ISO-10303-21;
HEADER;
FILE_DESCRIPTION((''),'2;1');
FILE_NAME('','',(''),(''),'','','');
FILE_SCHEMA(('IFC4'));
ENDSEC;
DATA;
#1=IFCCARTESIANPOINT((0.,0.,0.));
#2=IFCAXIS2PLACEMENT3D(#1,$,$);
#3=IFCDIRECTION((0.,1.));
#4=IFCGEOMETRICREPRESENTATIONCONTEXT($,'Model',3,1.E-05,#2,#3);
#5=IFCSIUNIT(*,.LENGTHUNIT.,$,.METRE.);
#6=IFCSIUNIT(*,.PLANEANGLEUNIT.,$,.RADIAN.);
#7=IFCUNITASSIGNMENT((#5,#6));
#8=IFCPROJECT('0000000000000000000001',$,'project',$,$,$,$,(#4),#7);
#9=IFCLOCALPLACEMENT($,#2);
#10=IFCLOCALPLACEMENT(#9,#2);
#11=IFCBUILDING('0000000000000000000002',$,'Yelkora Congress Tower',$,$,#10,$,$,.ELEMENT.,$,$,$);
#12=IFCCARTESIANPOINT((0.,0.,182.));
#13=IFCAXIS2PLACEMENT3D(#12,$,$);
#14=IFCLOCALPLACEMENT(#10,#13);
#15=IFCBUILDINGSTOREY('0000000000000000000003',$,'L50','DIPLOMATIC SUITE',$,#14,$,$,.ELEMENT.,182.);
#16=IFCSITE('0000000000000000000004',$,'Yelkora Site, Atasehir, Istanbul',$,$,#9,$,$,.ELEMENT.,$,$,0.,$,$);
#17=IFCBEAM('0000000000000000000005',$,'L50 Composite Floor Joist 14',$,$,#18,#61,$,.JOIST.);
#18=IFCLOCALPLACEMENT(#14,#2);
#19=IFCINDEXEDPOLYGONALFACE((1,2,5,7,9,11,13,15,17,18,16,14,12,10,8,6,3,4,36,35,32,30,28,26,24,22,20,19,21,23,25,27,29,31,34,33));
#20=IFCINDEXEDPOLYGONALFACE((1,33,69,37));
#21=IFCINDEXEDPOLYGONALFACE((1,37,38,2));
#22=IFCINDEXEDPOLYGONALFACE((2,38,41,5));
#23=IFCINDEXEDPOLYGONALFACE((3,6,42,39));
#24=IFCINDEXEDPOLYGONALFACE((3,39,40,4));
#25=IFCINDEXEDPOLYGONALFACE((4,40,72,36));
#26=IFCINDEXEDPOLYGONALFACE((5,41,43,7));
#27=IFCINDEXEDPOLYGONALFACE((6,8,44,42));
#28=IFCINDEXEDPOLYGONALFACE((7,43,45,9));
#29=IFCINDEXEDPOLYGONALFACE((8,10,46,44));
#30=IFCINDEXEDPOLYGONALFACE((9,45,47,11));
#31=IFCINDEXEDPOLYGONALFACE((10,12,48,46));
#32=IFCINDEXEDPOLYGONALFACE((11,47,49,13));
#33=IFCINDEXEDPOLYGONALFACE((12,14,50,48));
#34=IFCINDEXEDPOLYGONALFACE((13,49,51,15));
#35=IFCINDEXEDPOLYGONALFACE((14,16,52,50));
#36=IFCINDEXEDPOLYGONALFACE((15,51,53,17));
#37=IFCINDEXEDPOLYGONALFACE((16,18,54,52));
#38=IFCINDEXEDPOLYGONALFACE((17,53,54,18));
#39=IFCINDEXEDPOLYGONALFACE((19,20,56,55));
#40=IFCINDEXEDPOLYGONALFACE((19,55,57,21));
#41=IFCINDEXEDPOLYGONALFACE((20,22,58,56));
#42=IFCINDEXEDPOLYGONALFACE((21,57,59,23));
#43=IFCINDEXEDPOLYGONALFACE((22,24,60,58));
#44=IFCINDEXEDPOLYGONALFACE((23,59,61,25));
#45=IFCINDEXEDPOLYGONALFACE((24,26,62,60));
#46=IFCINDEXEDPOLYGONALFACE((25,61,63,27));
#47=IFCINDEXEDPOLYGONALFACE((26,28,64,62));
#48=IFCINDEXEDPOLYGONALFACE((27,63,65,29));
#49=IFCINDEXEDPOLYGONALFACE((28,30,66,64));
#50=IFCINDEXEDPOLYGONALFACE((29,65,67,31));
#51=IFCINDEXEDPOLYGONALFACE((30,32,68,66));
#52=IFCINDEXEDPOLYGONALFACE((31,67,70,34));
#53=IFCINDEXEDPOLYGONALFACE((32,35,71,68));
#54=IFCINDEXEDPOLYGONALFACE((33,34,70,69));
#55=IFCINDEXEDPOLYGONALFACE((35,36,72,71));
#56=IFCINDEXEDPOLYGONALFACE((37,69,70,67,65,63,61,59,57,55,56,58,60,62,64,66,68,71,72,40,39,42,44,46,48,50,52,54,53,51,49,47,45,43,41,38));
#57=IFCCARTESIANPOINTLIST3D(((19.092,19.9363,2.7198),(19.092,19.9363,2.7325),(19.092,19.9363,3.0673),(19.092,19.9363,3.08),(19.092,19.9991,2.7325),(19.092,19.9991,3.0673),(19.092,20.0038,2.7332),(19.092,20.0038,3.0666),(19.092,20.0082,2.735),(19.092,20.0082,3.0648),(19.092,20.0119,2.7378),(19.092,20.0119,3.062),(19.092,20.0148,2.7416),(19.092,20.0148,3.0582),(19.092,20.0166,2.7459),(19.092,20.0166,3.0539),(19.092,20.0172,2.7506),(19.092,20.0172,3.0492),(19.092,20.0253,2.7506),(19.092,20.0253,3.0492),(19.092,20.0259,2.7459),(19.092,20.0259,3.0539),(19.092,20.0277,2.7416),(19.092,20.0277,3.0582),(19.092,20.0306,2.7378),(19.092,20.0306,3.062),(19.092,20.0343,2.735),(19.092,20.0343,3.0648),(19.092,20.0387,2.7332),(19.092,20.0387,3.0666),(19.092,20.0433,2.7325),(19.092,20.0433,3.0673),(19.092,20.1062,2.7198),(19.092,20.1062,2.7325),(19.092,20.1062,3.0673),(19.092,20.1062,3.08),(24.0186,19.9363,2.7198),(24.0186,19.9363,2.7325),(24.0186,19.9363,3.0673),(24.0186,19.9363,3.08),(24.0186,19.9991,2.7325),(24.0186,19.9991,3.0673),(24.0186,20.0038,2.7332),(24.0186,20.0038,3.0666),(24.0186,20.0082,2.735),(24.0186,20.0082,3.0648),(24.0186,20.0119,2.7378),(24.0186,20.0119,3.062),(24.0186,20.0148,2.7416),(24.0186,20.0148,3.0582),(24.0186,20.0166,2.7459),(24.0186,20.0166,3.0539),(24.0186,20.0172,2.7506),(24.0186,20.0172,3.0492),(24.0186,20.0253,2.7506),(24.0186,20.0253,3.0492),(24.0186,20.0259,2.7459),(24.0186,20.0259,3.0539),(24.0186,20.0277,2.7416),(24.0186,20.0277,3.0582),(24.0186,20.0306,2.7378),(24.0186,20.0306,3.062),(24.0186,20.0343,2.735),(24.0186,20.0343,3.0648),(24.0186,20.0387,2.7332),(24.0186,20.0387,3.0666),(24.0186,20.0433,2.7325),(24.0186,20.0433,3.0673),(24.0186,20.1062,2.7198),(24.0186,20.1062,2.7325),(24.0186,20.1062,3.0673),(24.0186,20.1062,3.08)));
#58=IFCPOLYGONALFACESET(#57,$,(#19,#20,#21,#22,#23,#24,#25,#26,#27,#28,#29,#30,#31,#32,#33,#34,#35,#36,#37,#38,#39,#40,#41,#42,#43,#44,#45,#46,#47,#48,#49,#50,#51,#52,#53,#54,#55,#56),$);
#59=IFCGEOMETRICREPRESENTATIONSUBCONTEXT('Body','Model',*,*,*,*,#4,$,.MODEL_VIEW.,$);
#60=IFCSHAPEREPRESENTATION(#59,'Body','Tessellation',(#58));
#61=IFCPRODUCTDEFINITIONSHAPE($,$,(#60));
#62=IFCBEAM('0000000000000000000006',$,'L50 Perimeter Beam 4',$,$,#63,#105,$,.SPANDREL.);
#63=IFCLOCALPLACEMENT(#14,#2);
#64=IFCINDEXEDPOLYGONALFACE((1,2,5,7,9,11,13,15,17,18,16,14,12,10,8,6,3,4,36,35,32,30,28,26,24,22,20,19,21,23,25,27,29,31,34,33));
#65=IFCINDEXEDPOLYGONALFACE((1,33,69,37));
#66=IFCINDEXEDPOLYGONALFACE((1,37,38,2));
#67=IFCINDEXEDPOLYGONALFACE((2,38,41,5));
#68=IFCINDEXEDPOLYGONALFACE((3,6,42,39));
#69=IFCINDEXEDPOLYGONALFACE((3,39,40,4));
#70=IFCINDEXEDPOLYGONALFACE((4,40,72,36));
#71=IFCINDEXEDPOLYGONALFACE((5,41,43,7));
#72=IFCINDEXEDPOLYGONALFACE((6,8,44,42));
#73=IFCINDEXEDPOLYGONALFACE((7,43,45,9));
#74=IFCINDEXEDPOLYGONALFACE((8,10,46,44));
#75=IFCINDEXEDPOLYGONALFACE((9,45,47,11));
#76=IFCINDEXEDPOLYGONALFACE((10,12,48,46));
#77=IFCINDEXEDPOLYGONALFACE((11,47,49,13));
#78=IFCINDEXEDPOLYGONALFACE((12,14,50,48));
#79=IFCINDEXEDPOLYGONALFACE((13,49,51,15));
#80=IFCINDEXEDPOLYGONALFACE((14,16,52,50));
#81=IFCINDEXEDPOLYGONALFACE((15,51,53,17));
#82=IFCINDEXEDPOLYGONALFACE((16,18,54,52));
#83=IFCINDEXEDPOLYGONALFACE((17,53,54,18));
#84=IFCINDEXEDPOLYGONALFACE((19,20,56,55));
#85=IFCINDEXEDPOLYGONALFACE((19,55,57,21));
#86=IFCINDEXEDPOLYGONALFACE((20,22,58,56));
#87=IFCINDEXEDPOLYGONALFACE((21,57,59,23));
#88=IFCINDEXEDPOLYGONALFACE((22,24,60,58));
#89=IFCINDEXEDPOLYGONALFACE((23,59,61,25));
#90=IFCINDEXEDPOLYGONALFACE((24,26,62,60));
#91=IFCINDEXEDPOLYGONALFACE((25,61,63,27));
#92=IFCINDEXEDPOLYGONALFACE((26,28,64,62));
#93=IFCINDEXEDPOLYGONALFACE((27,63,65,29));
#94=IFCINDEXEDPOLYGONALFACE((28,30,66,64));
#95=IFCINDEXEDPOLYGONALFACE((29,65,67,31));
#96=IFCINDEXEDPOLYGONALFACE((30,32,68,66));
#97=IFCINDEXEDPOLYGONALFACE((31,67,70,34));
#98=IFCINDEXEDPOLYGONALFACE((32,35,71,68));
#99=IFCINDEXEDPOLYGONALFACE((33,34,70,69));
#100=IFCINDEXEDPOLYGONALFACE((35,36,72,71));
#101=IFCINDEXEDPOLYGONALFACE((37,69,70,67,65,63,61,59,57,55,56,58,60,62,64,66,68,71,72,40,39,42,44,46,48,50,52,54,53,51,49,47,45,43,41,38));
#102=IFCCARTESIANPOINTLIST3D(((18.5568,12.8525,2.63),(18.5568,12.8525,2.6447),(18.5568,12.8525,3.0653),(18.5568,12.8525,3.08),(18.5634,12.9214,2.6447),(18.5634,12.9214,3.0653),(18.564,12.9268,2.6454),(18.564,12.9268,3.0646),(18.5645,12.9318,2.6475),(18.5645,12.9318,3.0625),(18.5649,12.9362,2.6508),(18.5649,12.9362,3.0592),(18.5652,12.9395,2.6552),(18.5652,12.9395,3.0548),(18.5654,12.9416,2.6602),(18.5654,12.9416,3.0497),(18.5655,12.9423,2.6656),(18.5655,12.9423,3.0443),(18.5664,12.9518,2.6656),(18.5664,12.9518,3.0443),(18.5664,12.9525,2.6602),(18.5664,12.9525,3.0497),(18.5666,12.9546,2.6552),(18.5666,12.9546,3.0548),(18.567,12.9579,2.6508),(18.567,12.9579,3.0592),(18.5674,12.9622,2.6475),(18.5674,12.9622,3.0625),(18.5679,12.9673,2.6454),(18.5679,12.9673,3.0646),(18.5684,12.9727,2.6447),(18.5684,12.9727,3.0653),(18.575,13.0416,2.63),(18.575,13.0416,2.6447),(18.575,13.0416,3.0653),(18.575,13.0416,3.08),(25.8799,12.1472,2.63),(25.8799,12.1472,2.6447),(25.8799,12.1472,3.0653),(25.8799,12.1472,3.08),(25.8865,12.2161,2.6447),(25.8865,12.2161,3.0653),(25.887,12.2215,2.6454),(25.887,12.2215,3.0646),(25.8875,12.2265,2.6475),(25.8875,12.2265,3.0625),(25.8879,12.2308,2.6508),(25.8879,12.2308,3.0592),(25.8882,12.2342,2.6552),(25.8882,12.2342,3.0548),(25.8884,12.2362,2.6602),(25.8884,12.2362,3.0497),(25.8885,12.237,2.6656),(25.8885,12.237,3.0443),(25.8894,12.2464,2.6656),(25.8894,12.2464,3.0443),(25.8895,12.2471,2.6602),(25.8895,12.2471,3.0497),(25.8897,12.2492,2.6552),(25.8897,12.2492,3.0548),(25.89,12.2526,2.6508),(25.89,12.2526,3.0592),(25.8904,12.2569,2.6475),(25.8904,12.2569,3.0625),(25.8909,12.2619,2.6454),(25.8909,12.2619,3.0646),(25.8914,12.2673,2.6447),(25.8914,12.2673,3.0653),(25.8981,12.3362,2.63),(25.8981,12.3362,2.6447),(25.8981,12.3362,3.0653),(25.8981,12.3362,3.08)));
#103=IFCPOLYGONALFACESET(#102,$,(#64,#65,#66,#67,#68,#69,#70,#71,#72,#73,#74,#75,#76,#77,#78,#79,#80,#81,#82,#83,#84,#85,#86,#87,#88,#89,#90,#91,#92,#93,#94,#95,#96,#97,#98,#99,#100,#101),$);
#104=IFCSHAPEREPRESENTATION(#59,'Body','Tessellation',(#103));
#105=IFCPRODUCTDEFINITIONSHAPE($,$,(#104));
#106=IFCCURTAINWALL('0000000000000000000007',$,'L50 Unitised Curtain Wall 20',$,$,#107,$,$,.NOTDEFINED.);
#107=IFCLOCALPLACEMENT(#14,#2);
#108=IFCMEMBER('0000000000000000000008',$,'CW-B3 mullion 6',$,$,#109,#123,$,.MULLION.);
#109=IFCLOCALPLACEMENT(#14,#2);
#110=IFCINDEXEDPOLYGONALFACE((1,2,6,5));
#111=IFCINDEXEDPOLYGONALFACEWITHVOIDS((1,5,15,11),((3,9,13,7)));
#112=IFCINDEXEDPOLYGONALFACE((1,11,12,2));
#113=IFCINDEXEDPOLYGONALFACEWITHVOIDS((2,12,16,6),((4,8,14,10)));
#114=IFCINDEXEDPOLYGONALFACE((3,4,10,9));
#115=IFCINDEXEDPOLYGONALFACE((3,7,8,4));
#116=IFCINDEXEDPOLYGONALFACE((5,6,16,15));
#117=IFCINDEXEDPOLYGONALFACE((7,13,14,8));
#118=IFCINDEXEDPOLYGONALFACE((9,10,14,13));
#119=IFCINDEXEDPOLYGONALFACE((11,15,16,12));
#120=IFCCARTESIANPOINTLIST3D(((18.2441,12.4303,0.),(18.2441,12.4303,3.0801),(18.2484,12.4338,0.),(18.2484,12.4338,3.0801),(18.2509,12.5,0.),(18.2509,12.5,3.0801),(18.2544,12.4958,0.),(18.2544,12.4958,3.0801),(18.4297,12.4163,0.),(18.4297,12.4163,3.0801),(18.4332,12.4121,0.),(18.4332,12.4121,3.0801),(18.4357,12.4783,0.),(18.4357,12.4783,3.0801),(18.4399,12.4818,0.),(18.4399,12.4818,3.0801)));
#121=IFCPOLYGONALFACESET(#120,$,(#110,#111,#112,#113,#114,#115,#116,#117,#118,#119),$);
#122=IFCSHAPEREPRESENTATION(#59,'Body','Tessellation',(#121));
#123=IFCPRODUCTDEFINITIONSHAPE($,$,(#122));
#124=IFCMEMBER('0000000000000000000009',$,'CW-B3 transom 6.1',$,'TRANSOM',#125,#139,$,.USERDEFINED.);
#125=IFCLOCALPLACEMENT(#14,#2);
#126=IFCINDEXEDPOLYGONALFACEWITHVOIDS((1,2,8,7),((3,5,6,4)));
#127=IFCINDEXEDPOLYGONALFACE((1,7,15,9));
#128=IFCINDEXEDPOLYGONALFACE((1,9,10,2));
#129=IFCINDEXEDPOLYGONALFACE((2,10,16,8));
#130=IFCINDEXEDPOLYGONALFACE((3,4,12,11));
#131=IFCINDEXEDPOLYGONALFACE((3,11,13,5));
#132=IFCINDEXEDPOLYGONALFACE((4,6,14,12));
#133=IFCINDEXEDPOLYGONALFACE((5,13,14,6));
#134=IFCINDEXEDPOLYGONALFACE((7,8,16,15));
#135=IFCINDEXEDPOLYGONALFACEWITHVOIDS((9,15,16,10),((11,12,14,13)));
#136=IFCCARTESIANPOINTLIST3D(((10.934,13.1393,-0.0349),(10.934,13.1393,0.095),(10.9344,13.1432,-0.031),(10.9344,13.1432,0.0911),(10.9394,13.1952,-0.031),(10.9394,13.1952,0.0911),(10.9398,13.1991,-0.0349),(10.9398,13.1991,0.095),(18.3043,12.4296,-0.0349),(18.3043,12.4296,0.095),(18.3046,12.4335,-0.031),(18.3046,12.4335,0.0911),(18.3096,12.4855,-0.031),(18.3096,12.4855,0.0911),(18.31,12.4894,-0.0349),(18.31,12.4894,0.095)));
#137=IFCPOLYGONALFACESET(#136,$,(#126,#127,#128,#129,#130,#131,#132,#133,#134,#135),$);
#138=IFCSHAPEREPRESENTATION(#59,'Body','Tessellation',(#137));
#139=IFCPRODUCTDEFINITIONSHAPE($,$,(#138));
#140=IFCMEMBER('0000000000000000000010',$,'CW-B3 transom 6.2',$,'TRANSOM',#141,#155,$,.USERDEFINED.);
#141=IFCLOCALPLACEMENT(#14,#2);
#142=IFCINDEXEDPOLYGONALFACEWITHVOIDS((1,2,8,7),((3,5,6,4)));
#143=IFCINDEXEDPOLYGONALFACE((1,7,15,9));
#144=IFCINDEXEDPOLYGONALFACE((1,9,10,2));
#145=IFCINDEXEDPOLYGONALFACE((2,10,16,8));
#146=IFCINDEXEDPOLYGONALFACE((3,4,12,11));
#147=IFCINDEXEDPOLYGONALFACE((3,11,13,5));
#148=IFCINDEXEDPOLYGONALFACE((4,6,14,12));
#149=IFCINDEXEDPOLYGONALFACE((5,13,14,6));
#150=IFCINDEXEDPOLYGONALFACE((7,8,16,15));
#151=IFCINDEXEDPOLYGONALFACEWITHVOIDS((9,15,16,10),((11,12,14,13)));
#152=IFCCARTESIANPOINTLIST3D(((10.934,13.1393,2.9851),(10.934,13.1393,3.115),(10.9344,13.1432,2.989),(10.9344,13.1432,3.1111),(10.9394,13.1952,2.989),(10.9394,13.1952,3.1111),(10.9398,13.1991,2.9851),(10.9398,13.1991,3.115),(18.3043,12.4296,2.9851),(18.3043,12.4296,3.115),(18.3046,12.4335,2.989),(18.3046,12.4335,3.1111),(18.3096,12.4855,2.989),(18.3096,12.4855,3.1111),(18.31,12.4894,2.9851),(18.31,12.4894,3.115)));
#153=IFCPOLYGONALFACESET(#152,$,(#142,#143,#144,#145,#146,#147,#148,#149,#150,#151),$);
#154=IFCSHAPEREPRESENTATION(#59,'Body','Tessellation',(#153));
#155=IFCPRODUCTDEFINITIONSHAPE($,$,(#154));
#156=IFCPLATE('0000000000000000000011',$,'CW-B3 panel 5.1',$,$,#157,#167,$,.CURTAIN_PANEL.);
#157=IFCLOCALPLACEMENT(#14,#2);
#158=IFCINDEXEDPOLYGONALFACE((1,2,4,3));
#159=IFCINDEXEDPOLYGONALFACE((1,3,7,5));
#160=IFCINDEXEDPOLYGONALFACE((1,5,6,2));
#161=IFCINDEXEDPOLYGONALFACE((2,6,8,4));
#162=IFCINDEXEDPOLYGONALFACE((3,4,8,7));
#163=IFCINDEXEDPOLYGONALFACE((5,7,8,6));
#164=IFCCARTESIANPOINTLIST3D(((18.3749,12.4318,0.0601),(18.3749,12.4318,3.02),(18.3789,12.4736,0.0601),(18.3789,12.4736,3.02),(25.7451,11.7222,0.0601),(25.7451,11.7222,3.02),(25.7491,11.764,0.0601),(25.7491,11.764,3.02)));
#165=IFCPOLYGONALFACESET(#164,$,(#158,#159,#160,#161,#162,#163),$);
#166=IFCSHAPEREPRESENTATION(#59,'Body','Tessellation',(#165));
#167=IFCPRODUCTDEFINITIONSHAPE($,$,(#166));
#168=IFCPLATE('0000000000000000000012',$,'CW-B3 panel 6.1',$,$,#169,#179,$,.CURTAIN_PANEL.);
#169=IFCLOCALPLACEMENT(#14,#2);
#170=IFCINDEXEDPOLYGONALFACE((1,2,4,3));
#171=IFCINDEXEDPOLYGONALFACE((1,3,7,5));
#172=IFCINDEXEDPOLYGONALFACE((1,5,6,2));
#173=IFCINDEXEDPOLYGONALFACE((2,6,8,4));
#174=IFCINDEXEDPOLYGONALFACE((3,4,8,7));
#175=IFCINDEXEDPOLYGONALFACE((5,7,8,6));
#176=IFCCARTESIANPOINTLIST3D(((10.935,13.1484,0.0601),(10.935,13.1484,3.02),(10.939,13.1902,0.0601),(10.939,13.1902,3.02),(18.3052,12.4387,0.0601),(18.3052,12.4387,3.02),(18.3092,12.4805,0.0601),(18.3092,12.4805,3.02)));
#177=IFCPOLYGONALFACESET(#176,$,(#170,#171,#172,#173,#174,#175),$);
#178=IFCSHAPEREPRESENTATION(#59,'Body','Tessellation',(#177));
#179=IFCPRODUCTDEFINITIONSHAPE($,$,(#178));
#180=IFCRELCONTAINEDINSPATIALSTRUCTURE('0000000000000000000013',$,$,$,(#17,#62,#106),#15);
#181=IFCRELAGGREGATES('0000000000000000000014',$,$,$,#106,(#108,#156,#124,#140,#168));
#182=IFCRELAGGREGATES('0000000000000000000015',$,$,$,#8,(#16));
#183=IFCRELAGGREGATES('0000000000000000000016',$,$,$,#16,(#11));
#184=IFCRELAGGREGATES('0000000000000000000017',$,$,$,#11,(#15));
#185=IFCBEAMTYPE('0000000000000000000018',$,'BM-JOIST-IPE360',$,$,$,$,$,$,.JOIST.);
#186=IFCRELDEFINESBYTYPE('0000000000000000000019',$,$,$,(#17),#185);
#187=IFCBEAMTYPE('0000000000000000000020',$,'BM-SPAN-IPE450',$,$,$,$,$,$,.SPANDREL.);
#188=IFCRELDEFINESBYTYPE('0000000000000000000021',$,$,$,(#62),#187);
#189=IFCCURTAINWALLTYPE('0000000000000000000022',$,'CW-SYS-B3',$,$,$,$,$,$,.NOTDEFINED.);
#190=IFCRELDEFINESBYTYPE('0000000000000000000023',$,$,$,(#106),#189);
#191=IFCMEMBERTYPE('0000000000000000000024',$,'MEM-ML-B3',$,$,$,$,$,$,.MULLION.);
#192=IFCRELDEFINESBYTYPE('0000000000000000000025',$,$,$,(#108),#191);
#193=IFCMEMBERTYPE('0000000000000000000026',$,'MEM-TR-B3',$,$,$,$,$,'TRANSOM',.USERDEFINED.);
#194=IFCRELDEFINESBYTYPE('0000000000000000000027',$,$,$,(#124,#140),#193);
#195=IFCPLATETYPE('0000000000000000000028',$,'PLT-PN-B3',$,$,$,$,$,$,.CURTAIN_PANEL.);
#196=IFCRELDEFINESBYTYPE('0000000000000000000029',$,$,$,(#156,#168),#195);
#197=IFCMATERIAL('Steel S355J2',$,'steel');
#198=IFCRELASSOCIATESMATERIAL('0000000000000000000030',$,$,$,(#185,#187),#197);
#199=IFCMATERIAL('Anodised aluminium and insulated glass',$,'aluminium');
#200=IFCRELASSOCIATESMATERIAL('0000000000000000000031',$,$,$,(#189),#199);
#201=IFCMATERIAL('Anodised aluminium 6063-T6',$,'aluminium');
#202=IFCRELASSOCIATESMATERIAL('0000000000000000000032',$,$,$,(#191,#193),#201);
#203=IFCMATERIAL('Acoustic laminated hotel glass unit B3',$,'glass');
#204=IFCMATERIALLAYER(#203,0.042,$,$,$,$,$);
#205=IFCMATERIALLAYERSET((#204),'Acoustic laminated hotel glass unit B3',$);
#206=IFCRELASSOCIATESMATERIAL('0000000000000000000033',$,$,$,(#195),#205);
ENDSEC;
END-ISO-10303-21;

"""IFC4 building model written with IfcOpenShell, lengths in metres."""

from ifc_helpers import new_model, si_unit, direction, frame, origin, origin_2d, place, context, subcontext, project, spatial, rectangle, hollow_rectangle, i_section, extrude, material, layer, layer_set, material_profile, profile_set, type_object, element, aggregate, save


model = new_model("IFC4")

# Units and contexts
model_context = context("Model", 3, precision=1e-05, world=origin(), true_north=direction((0.0, 1.0)))
body_context = subcontext(model_context, "Body", "Model", "MODEL_VIEW")
ifc_project = project(units=[si_unit("LENGTHUNIT", "METRE"), si_unit("PLANEANGLEUNIT", "RADIAN")], contexts=[model_context])

# Site, building, storey
site_placement = place(None, origin())
site = spatial("IfcSite", under=ifc_project, at=site_placement, Name="Yelkora Site, Atasehir, Istanbul", CompositionType="ELEMENT", RefElevation=0.0)
building_placement = place(site_placement, origin())
building = spatial("IfcBuilding", under=site, at=building_placement, Name="Yelkora Congress Tower", CompositionType="ELEMENT")
storey_placement = place(building_placement, frame((0.0, 0.0, 182.0)))
storey = spatial("IfcBuildingStorey", under=building, at=storey_placement, Name="L50", Description="DIPLOMATIC SUITE", CompositionType="ELEMENT", Elevation=182.0)

# Beams
ifc_material_1 = material(Name="Steel S355J2", Category="steel")
ifc_material_profile_1 = material_profile(ifc_material_1, i_section(OverallWidth=0.1699, OverallDepth=0.3601, WebThickness=0.0081, FlangeThickness=0.0127, FilletRadius=0.0181, at=origin_2d()), Name="IPE 360")
ifc_profile_set_1 = profile_set([ifc_material_profile_1], Name="Steel S355J2")
beam_type_1 = type_object("IfcBeamType", Name="BM-JOIST-IPE360", PredefinedType="JOIST", material=ifc_profile_set_1)
beam_1_placement = place(storey_placement, frame((19.092, 20.0212, 2.8999), z_axis=(1.0, 0.0, 0.0), x_axis=(0.0, 1.0, 0.0)))
element("IfcBeam", 1, at=beam_1_placement, inside=storey, type_object=beam_type_1, Name="L50 Composite Floor Joist 14", PredefinedType="JOIST", context=body_context, shape_type="SweptSolid", body=[
    extrude(i_section(OverallWidth=0.1699, OverallDepth=0.3601, WebThickness=0.0081, FlangeThickness=0.0127, FilletRadius=0.0181, at=origin_2d()), origin(), (0.0, 0.0, 1.0), 4.9265),
])
ifc_material_profile_2 = material_profile(ifc_material_1, i_section(OverallWidth=0.1899, OverallDepth=0.45, WebThickness=0.0095, FlangeThickness=0.0146, FilletRadius=0.021, at=origin_2d()), Name="IPE 450")
ifc_profile_set_2 = profile_set([ifc_material_profile_2], Name="Steel S355J2")
beam_type_2 = type_object("IfcBeamType", Name="BM-SPAN-IPE450", PredefinedType="SPANDREL", material=ifc_profile_set_2)
beam_2_placement = place(storey_placement, frame((18.5659, 12.947, 2.855), z_axis=(0.995394, -0.095872, 0.0), x_axis=(0.095872, 0.995394, 0.0)))
element("IfcBeam", 2, at=beam_2_placement, inside=storey, type_object=beam_type_2, Name="L50 Perimeter Beam 4", PredefinedType="SPANDREL", context=body_context, shape_type="SweptSolid", body=[
    extrude(i_section(OverallWidth=0.1899, OverallDepth=0.45, WebThickness=0.0095, FlangeThickness=0.0146, FilletRadius=0.021, at=origin_2d()), origin(), (0.0, 0.0, 1.0), 7.3569),
])

# Curtain wall, members, plates
ifc_material_2 = material(Name="Anodised aluminium and insulated glass", Category="aluminium")
curtain_wall_type = type_object("IfcCurtainWallType", Name="CW-SYS-B3", PredefinedType="NOTDEFINED", material=ifc_material_2)
curtain_wall_placement = place(storey_placement, origin())
curtain_wall = element("IfcCurtainWall", 3, at=curtain_wall_placement, inside=storey, type_object=curtain_wall_type, Name="L50 Unitised Curtain Wall 20", PredefinedType="NOTDEFINED")
ifc_material_3 = material(Name="Anodised aluminium 6063-T6", Category="aluminium")
ifc_material_profile_3 = material_profile(ifc_material_3, hollow_rectangle(XDim=0.0701, YDim=0.1899, WallThickness=0.0039, at=origin_2d()), Name="ALU 70x190x4")
ifc_profile_set_3 = profile_set([ifc_material_profile_3], Name="Anodised aluminium 6063-T6")
member_type_1 = type_object("IfcMemberType", Name="MEM-ML-B3", PredefinedType="MULLION", material=ifc_profile_set_3)
member_1_placement = place(storey_placement, frame((18.342, 12.4561, 0.0), z_axis=(0.0, 0.0, 1.0), x_axis=(-0.095845, -0.995396, 0.0)))
member_1 = element("IfcMember", 4, at=member_1_placement, type_object=member_type_1, Name="CW-B3 mullion 6", PredefinedType="MULLION", context=body_context, shape_type="SweptSolid", body=[
    extrude(hollow_rectangle(XDim=0.0701, YDim=0.1899, WallThickness=0.0039, at=origin_2d()), origin(), (0.0, 0.0, 1.0), 3.0801),
])
ifc_material_profile_4 = material_profile(ifc_material_3, hollow_rectangle(XDim=0.0601, YDim=0.1299, WallThickness=0.0039, at=origin_2d()), Name="ALU 60x130x4")
ifc_profile_set_4 = profile_set([ifc_material_profile_4], Name="Anodised aluminium 6063-T6")
member_type_2 = type_object("IfcMemberType", Name="MEM-TR-B3", ElementType="TRANSOM", PredefinedType="USERDEFINED", material=ifc_profile_set_4)
member_2_placement = place(storey_placement, frame((18.3071, 12.4595, 0.03), z_axis=(-0.995395, 0.095853, 0.0), x_axis=(-0.095853, -0.995395, 0.0)))
member_2 = element("IfcMember", 5, at=member_2_placement, type_object=member_type_2, Name="CW-B3 transom 6.1", ObjectType="TRANSOM", PredefinedType="USERDEFINED", context=body_context, shape_type="SweptSolid", body=[
    extrude(hollow_rectangle(XDim=0.0601, YDim=0.1299, WallThickness=0.0039, at=origin_2d()), origin(), (0.0, 0.0, 1.0), 7.4043),
])
member_3_placement = place(storey_placement, frame((18.3071, 12.4595, 3.05), z_axis=(-0.995395, 0.095853, 0.0), x_axis=(-0.095853, -0.995395, 0.0)))
member_3 = element("IfcMember", 6, at=member_3_placement, type_object=member_type_2, Name="CW-B3 transom 6.2", ObjectType="TRANSOM", PredefinedType="USERDEFINED", context=body_context, shape_type="SweptSolid", body=[
    extrude(hollow_rectangle(XDim=0.0601, YDim=0.1299, WallThickness=0.0039, at=origin_2d()), origin(), (0.0, 0.0, 1.0), 7.4043),
])
ifc_material_4 = material(Name="Acoustic laminated hotel glass unit B3", Category="glass")
ifc_layer_1 = layer(ifc_material_4, 0.042)
ifc_layer_set_1 = layer_set([ifc_layer_1], Name="Acoustic laminated hotel glass unit B3")
plate_type = type_object("IfcPlateType", Name="PLT-PN-B3", PredefinedType="CURTAIN_PANEL", material=ifc_layer_set_1)
plate_1_placement = place(storey_placement, frame((22.062, 12.0979, 0.0601), z_axis=(0.0, 0.0, 1.0), x_axis=(-0.995396, 0.095845, 0.0)))
plate_1 = element("IfcPlate", 7, at=plate_1_placement, type_object=plate_type, Name="CW-B3 panel 5.1", PredefinedType="CURTAIN_PANEL", context=body_context, shape_type="SweptSolid", body=[
    extrude(rectangle(XDim=7.4043, YDim=0.042, at=origin_2d()), origin(), (0.0, 0.0, 1.0), 2.96),
])
plate_2_placement = place(storey_placement, frame((14.6221, 12.8145, 0.0601), z_axis=(0.0, 0.0, 1.0), x_axis=(-0.995396, 0.095845, 0.0)))
plate_2 = element("IfcPlate", 8, at=plate_2_placement, type_object=plate_type, Name="CW-B3 panel 6.1", PredefinedType="CURTAIN_PANEL", context=body_context, shape_type="SweptSolid", body=[
    extrude(rectangle(XDim=7.4043, YDim=0.042, at=origin_2d()), origin(), (0.0, 0.0, 1.0), 2.96),
])
aggregate(curtain_wall, [member_1, plate_1, member_2, member_3, plate_2])

save(model, "model.ifc")
